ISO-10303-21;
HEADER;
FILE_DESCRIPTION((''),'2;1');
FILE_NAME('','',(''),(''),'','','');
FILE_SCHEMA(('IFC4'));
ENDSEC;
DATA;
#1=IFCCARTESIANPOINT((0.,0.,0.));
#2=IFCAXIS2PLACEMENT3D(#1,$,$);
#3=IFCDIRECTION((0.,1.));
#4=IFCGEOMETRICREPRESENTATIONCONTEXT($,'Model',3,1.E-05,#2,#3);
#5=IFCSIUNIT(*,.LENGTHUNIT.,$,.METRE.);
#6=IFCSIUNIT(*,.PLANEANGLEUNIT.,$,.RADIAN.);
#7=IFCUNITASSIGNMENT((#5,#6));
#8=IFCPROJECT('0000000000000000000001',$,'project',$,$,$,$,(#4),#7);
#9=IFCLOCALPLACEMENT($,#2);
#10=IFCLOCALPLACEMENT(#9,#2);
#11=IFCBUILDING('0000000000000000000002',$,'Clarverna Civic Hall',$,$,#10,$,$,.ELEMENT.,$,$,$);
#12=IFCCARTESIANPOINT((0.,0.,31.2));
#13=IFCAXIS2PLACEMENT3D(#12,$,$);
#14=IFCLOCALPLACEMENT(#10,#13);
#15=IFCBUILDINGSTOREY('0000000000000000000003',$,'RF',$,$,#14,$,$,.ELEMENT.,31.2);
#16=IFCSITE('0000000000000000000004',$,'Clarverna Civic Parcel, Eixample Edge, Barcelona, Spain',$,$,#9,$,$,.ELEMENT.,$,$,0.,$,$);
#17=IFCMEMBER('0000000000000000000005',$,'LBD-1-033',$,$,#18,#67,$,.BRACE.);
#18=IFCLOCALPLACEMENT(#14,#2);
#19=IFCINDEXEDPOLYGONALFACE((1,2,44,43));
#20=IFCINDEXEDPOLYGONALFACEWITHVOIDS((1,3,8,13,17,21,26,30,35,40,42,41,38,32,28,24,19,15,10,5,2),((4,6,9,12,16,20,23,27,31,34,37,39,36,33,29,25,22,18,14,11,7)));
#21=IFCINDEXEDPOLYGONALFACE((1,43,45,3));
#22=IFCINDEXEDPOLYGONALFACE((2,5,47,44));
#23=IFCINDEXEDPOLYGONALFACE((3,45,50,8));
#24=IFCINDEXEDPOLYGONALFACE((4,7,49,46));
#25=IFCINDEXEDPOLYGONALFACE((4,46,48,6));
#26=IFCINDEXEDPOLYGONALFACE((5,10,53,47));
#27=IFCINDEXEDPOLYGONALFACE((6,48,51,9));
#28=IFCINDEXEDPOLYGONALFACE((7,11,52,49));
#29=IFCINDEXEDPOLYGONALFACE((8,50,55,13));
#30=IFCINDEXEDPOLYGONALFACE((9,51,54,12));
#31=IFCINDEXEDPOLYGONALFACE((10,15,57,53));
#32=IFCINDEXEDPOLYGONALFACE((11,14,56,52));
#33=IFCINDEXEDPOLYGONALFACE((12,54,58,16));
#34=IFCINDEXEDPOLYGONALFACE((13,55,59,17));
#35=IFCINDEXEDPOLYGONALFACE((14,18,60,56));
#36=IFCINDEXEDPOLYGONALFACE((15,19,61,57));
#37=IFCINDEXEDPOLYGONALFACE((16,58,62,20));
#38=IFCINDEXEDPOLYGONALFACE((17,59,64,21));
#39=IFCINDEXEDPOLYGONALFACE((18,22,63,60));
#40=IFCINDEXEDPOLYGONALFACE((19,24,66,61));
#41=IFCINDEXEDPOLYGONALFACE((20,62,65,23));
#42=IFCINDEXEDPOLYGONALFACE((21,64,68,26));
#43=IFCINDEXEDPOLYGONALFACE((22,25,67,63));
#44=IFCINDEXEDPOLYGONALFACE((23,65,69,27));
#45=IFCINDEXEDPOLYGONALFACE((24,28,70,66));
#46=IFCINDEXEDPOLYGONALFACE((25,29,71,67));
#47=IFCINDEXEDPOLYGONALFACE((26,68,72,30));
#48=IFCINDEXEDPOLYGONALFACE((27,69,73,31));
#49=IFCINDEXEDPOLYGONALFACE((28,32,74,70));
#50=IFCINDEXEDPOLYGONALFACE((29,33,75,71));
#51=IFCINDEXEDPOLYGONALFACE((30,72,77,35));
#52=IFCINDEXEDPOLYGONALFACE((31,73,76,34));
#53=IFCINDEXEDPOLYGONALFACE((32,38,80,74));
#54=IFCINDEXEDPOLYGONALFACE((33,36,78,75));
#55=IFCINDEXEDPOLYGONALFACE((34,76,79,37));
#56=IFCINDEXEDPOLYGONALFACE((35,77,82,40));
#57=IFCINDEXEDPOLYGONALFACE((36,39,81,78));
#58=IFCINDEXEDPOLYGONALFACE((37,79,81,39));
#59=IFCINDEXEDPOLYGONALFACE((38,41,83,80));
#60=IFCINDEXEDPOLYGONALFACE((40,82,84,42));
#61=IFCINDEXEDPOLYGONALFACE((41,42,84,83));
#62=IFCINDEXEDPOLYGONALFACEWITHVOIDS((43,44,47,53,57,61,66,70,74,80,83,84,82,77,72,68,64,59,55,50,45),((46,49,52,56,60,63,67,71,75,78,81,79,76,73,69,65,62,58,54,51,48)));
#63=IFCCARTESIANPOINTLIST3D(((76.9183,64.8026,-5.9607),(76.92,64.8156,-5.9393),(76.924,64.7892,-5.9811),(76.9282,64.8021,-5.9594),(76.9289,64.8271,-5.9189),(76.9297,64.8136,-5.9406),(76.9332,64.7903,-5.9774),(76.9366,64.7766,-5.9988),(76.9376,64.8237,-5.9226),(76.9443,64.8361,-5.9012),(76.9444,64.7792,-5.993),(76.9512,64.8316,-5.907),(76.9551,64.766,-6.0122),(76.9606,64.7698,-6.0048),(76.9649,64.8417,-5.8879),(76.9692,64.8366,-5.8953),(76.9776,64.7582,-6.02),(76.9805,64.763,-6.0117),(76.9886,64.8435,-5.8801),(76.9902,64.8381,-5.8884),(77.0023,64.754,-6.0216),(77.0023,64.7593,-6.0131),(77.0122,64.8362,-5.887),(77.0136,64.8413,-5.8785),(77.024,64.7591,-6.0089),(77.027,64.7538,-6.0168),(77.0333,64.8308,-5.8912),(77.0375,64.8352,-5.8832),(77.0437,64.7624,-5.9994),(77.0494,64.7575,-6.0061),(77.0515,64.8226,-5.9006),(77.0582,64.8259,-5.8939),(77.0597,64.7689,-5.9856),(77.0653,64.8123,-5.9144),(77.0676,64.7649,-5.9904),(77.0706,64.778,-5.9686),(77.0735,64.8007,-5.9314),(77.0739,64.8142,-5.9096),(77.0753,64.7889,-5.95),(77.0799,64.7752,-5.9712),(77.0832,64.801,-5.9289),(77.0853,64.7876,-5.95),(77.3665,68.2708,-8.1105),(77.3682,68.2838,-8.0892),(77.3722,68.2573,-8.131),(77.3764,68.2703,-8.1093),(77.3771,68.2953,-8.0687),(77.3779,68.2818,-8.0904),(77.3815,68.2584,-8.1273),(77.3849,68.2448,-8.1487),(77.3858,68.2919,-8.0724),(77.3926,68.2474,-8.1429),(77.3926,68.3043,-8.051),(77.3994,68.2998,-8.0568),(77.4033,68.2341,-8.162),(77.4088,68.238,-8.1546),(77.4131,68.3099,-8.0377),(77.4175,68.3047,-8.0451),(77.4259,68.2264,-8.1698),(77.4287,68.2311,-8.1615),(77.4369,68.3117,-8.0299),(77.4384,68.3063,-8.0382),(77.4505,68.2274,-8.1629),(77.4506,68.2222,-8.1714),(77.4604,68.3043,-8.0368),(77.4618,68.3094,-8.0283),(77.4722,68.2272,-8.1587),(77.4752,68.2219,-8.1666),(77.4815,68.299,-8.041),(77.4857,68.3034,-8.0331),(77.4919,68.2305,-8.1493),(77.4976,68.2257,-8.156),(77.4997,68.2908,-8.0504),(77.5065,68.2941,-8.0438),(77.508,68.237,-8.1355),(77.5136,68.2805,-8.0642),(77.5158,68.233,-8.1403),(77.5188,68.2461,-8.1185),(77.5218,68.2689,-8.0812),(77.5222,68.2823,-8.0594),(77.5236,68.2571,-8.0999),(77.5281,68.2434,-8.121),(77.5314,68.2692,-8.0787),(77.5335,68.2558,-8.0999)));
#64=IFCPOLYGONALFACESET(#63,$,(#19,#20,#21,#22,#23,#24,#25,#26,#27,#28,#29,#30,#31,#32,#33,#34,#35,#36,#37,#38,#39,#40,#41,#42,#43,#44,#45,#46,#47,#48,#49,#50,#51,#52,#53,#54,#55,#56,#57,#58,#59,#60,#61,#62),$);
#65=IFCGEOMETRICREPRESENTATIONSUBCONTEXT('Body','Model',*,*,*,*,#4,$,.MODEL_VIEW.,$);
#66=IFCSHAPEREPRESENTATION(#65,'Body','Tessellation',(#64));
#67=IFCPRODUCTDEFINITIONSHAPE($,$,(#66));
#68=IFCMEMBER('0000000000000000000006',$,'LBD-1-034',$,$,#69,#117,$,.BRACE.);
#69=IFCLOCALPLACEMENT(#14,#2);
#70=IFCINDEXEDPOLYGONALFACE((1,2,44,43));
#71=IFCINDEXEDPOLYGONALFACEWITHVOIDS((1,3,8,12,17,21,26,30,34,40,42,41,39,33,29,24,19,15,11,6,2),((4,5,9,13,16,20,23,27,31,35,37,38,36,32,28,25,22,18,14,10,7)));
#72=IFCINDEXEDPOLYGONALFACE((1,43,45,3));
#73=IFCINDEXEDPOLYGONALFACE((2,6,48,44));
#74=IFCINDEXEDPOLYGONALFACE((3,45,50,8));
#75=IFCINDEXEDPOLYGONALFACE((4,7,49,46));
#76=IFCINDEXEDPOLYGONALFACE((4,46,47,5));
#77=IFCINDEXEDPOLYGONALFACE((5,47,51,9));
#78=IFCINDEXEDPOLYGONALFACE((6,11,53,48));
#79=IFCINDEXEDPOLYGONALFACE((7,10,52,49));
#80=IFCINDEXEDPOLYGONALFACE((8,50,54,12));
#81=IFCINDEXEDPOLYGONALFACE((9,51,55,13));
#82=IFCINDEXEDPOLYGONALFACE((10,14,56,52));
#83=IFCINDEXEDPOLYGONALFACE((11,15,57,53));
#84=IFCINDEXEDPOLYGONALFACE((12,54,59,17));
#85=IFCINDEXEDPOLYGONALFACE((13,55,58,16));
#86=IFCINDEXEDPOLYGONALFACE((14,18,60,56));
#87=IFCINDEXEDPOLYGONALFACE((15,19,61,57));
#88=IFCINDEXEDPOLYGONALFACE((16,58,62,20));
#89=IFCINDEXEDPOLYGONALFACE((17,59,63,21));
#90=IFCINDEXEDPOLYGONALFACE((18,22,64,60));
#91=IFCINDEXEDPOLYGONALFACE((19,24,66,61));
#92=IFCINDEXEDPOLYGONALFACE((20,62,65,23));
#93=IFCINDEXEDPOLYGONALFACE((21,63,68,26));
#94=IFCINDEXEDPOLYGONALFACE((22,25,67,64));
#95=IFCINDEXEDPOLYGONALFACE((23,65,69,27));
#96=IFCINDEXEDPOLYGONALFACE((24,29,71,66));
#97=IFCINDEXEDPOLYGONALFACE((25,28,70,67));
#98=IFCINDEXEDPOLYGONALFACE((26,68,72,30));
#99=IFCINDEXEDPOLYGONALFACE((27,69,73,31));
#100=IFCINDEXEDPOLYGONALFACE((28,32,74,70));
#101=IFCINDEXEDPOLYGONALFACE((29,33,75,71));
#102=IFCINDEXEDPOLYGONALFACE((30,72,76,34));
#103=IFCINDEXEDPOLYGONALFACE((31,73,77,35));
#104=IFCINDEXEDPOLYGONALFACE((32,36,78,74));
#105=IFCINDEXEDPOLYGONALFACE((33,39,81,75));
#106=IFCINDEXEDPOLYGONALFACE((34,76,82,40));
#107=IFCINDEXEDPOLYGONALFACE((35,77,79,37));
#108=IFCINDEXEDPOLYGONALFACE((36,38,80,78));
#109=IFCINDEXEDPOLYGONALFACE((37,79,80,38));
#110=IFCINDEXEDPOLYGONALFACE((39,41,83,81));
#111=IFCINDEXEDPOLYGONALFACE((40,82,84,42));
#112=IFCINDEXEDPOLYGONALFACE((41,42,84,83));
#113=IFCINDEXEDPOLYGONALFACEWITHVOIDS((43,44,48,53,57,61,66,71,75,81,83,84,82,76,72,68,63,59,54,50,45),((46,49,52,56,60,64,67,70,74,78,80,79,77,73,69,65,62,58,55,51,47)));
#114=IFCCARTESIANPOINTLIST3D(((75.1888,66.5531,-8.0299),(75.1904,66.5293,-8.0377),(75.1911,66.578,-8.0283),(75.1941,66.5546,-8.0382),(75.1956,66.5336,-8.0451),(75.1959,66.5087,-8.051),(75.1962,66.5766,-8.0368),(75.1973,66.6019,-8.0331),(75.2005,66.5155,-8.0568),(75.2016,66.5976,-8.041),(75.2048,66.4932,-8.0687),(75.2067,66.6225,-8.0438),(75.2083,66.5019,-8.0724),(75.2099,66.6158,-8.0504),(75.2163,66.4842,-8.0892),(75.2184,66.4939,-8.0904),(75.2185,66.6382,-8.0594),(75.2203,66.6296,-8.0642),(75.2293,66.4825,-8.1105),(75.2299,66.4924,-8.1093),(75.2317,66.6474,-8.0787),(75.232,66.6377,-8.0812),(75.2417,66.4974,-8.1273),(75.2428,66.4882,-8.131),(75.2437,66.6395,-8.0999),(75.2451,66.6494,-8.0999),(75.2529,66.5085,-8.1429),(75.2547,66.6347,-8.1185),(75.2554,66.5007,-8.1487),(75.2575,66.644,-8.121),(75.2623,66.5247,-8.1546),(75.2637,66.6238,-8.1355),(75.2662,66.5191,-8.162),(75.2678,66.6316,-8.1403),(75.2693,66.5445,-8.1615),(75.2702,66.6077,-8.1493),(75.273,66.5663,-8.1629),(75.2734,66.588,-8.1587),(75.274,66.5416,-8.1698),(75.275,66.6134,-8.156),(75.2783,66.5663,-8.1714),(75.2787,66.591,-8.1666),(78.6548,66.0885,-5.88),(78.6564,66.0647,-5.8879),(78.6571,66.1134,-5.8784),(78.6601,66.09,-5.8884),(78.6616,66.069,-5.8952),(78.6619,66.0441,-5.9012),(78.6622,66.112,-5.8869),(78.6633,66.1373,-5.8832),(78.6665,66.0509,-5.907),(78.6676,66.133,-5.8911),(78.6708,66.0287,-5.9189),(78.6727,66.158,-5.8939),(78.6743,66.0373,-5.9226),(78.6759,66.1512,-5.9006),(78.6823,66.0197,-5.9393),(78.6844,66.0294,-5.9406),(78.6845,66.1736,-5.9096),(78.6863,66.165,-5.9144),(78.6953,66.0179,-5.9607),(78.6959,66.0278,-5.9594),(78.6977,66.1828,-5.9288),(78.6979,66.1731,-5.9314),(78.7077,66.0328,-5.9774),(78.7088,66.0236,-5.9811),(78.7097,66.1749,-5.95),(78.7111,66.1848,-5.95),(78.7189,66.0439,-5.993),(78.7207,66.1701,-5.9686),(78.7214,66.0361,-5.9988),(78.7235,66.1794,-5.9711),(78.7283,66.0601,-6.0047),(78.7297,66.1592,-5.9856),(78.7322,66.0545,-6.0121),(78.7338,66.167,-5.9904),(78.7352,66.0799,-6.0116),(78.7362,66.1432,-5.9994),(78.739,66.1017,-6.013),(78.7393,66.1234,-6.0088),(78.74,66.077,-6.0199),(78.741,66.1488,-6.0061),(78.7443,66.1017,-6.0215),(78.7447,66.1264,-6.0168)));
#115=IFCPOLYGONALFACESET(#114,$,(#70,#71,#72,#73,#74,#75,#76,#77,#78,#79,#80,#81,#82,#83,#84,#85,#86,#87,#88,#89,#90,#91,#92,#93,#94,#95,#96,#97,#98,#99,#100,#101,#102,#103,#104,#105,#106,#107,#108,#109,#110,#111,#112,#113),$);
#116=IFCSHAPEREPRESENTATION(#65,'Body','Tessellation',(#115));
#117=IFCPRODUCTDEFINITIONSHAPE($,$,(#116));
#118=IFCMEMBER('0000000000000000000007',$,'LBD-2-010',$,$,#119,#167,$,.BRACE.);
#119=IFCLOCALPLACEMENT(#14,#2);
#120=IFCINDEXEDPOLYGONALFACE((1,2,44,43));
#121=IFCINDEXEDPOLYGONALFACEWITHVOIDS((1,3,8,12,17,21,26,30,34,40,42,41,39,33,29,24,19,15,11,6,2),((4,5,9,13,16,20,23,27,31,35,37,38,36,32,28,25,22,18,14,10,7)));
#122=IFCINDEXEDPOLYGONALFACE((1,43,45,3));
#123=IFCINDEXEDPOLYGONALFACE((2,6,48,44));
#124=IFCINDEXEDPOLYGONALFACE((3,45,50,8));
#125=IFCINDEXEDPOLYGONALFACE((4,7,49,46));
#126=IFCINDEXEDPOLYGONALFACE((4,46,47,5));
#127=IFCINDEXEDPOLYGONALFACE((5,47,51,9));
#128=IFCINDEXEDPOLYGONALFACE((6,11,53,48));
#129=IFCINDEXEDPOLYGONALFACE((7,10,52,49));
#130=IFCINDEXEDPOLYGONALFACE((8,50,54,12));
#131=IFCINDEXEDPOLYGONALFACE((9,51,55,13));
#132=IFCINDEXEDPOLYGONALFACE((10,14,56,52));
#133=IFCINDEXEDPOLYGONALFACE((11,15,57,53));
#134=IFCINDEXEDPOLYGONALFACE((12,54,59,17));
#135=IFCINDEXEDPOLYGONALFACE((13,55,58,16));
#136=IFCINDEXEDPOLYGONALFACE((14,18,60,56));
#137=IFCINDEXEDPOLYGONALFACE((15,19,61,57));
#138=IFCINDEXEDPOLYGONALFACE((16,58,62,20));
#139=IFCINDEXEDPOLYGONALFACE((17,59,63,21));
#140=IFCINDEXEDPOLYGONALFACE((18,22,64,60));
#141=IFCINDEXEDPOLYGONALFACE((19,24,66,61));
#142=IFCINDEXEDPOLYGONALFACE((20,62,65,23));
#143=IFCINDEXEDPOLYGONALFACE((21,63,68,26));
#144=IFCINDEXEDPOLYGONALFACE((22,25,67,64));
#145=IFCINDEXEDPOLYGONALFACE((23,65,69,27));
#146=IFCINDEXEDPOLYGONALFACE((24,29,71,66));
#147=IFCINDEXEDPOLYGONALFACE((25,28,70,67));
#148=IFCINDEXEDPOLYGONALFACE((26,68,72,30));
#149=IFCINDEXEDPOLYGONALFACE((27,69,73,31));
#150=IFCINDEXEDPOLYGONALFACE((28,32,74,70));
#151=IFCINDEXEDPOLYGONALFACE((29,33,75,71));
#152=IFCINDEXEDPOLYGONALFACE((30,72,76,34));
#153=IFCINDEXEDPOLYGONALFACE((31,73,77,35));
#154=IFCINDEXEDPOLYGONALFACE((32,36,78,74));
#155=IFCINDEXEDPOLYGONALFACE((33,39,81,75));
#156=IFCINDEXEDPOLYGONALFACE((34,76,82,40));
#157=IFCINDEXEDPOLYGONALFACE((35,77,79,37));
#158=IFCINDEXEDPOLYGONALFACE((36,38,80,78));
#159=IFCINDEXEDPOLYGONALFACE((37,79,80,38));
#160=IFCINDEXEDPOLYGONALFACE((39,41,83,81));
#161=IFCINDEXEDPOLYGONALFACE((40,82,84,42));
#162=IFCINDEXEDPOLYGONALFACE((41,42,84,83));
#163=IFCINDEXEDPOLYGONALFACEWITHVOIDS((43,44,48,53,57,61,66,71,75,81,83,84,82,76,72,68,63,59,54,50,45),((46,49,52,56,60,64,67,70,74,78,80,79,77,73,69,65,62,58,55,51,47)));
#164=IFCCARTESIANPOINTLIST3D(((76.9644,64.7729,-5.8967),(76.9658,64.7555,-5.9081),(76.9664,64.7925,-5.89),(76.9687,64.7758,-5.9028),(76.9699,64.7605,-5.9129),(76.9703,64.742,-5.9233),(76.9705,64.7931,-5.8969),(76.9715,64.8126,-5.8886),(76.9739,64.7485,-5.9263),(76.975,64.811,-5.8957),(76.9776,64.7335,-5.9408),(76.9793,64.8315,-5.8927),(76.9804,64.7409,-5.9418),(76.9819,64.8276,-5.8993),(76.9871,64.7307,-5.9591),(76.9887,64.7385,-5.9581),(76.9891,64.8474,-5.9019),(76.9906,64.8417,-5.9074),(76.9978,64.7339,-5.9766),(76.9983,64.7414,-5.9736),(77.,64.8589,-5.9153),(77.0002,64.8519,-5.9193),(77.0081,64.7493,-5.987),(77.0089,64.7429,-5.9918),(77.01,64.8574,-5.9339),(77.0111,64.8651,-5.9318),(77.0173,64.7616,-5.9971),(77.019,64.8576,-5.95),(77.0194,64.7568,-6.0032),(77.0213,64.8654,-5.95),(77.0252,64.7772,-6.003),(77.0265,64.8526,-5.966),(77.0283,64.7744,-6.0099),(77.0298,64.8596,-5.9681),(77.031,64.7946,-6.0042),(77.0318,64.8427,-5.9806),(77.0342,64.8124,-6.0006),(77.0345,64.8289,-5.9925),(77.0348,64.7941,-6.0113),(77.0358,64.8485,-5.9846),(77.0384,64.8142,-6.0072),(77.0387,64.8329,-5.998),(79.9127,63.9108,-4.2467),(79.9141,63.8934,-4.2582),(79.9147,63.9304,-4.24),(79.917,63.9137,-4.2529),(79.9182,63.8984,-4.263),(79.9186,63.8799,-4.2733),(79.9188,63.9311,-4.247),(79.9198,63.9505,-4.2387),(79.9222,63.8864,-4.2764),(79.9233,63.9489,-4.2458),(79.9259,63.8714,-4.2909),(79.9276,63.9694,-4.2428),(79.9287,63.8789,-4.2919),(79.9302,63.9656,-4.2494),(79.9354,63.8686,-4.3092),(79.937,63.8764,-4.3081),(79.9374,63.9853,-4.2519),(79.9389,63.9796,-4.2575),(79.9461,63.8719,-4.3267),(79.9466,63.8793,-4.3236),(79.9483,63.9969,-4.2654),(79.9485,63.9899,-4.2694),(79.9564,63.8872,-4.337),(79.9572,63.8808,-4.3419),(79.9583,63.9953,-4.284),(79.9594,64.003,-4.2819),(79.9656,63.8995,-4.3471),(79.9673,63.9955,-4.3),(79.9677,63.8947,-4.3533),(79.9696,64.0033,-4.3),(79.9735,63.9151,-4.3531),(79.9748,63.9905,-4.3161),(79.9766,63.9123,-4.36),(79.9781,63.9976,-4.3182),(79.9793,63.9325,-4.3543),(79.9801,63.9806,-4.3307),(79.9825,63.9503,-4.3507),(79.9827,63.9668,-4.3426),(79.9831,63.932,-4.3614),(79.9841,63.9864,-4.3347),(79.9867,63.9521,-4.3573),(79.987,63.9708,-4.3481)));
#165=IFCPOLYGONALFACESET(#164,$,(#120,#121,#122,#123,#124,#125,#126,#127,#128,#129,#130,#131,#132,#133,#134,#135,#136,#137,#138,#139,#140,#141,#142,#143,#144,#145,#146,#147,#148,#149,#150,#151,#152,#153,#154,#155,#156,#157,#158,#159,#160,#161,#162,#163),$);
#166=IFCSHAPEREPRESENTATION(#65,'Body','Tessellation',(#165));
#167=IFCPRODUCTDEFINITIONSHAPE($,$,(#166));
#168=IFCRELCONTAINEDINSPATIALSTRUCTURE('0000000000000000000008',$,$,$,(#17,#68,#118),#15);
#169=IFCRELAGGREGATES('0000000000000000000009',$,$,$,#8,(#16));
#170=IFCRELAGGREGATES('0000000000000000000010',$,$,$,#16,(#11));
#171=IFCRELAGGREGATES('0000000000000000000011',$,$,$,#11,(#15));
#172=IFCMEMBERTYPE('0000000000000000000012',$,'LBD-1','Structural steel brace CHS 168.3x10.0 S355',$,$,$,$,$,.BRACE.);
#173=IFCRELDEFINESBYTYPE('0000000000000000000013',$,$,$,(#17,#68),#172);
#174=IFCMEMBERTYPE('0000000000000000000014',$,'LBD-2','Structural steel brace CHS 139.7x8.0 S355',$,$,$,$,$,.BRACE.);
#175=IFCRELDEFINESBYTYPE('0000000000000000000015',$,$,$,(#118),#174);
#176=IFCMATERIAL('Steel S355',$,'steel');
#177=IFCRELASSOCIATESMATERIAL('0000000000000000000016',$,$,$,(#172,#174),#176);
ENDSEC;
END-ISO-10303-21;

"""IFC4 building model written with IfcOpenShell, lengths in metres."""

from ifc_helpers import new_model, si_unit, direction, frame, origin, origin_2d, place, context, subcontext, project, spatial, hollow_circle, extrude, material, material_profile, profile_set, type_object, element, save


model = new_model("IFC4")

# Units and contexts
model_context = context("Model", 3, precision=1e-05, world=origin(), true_north=direction((0.0, 1.0)))
body_context = subcontext(model_context, "Body", "Model", "MODEL_VIEW")
ifc_project = project(units=[si_unit("LENGTHUNIT", "METRE"), si_unit("PLANEANGLEUNIT", "RADIAN")], contexts=[model_context])

# Site, building, storey
site_placement = place(None, origin())
site = spatial("IfcSite", under=ifc_project, at=site_placement, Name="Clarverna Civic Parcel, Eixample Edge, Barcelona, Spain", CompositionType="ELEMENT", RefElevation=0.0)
building_placement = place(site_placement, origin())
building = spatial("IfcBuilding", under=site, at=building_placement, Name="Clarverna Civic Hall", CompositionType="ELEMENT")
storey_placement = place(building_placement, frame((0.0, 0.0, 31.2)))
storey = spatial("IfcBuildingStorey", under=building, at=storey_placement, Name="RF", CompositionType="ELEMENT", Elevation=31.2)

# Members
ifc_material_1 = material(Name="Steel S355", Category="steel")
ifc_material_profile_1 = material_profile(ifc_material_1, hollow_circle(Radius=0.0842, WallThickness=0.01, at=origin_2d()), Name="CHS 168.3x10.0")
ifc_profile_set_1 = profile_set([ifc_material_profile_1], Name="Steel S355")
member_type_1 = type_object("IfcMemberType", Name="LBD-1", Description="Structural steel brace CHS 168.3x10.0 S355", PredefinedType="BRACE", material=ifc_profile_set_1)
for number, where, z_axis, x_axis, name in (
    (1, (77.45, 68.2666, -8.0999), (-0.109192, -0.844867, 0.523715), (0.991752, -0.128175, 0.0), "LBD-1-033"),
    (2, (75.2339, 66.5659, -8.0999), (0.844339, -0.113177, 0.52372), (0.132854, 0.991136, 0.0), "LBD-1-034"),
):
    element("IfcMember", number, at=place(storey_placement, frame(where, z_axis=z_axis, x_axis=x_axis)), inside=storey, type_object=member_type_1, Name=name, PredefinedType="BRACE", context=body_context, shape_type="SweptSolid", body=[
        extrude(hollow_circle(Radius=0.0842, WallThickness=0.01, at=origin_2d()), origin(), (0.0, 0.0, 1.0), 4.105),
    ])
ifc_material_profile_2 = material_profile(ifc_material_1, hollow_circle(Radius=0.0698, WallThickness=0.0081, at=origin_2d()), Name="CHS 139.7x8.0")
ifc_profile_set_2 = profile_set([ifc_material_profile_2], Name="Steel S355")
member_type_2 = type_object("IfcMemberType", Name="LBD-2", Description="Structural steel brace CHS 139.7x8.0 S355", PredefinedType="BRACE", material=ifc_profile_set_2)
for number, where, z_axis, x_axis, name in (
    (3, (77.0017, 64.7983, -5.95), (0.845555, -0.247239, 0.473191), (0.280647, 0.959811, 0.0), "LBD-2-010"),
):
    element("IfcMember", number, at=place(storey_placement, frame(where, z_axis=z_axis, x_axis=x_axis)), inside=storey, type_object=member_type_2, Name=name, PredefinedType="BRACE", context=body_context, shape_type="SweptSolid", body=[
        extrude(hollow_circle(Radius=0.0698, WallThickness=0.0081, at=origin_2d()), origin(), (0.0, 0.0, 1.0), 3.4868),
    ])

save(model, "model.ifc")
